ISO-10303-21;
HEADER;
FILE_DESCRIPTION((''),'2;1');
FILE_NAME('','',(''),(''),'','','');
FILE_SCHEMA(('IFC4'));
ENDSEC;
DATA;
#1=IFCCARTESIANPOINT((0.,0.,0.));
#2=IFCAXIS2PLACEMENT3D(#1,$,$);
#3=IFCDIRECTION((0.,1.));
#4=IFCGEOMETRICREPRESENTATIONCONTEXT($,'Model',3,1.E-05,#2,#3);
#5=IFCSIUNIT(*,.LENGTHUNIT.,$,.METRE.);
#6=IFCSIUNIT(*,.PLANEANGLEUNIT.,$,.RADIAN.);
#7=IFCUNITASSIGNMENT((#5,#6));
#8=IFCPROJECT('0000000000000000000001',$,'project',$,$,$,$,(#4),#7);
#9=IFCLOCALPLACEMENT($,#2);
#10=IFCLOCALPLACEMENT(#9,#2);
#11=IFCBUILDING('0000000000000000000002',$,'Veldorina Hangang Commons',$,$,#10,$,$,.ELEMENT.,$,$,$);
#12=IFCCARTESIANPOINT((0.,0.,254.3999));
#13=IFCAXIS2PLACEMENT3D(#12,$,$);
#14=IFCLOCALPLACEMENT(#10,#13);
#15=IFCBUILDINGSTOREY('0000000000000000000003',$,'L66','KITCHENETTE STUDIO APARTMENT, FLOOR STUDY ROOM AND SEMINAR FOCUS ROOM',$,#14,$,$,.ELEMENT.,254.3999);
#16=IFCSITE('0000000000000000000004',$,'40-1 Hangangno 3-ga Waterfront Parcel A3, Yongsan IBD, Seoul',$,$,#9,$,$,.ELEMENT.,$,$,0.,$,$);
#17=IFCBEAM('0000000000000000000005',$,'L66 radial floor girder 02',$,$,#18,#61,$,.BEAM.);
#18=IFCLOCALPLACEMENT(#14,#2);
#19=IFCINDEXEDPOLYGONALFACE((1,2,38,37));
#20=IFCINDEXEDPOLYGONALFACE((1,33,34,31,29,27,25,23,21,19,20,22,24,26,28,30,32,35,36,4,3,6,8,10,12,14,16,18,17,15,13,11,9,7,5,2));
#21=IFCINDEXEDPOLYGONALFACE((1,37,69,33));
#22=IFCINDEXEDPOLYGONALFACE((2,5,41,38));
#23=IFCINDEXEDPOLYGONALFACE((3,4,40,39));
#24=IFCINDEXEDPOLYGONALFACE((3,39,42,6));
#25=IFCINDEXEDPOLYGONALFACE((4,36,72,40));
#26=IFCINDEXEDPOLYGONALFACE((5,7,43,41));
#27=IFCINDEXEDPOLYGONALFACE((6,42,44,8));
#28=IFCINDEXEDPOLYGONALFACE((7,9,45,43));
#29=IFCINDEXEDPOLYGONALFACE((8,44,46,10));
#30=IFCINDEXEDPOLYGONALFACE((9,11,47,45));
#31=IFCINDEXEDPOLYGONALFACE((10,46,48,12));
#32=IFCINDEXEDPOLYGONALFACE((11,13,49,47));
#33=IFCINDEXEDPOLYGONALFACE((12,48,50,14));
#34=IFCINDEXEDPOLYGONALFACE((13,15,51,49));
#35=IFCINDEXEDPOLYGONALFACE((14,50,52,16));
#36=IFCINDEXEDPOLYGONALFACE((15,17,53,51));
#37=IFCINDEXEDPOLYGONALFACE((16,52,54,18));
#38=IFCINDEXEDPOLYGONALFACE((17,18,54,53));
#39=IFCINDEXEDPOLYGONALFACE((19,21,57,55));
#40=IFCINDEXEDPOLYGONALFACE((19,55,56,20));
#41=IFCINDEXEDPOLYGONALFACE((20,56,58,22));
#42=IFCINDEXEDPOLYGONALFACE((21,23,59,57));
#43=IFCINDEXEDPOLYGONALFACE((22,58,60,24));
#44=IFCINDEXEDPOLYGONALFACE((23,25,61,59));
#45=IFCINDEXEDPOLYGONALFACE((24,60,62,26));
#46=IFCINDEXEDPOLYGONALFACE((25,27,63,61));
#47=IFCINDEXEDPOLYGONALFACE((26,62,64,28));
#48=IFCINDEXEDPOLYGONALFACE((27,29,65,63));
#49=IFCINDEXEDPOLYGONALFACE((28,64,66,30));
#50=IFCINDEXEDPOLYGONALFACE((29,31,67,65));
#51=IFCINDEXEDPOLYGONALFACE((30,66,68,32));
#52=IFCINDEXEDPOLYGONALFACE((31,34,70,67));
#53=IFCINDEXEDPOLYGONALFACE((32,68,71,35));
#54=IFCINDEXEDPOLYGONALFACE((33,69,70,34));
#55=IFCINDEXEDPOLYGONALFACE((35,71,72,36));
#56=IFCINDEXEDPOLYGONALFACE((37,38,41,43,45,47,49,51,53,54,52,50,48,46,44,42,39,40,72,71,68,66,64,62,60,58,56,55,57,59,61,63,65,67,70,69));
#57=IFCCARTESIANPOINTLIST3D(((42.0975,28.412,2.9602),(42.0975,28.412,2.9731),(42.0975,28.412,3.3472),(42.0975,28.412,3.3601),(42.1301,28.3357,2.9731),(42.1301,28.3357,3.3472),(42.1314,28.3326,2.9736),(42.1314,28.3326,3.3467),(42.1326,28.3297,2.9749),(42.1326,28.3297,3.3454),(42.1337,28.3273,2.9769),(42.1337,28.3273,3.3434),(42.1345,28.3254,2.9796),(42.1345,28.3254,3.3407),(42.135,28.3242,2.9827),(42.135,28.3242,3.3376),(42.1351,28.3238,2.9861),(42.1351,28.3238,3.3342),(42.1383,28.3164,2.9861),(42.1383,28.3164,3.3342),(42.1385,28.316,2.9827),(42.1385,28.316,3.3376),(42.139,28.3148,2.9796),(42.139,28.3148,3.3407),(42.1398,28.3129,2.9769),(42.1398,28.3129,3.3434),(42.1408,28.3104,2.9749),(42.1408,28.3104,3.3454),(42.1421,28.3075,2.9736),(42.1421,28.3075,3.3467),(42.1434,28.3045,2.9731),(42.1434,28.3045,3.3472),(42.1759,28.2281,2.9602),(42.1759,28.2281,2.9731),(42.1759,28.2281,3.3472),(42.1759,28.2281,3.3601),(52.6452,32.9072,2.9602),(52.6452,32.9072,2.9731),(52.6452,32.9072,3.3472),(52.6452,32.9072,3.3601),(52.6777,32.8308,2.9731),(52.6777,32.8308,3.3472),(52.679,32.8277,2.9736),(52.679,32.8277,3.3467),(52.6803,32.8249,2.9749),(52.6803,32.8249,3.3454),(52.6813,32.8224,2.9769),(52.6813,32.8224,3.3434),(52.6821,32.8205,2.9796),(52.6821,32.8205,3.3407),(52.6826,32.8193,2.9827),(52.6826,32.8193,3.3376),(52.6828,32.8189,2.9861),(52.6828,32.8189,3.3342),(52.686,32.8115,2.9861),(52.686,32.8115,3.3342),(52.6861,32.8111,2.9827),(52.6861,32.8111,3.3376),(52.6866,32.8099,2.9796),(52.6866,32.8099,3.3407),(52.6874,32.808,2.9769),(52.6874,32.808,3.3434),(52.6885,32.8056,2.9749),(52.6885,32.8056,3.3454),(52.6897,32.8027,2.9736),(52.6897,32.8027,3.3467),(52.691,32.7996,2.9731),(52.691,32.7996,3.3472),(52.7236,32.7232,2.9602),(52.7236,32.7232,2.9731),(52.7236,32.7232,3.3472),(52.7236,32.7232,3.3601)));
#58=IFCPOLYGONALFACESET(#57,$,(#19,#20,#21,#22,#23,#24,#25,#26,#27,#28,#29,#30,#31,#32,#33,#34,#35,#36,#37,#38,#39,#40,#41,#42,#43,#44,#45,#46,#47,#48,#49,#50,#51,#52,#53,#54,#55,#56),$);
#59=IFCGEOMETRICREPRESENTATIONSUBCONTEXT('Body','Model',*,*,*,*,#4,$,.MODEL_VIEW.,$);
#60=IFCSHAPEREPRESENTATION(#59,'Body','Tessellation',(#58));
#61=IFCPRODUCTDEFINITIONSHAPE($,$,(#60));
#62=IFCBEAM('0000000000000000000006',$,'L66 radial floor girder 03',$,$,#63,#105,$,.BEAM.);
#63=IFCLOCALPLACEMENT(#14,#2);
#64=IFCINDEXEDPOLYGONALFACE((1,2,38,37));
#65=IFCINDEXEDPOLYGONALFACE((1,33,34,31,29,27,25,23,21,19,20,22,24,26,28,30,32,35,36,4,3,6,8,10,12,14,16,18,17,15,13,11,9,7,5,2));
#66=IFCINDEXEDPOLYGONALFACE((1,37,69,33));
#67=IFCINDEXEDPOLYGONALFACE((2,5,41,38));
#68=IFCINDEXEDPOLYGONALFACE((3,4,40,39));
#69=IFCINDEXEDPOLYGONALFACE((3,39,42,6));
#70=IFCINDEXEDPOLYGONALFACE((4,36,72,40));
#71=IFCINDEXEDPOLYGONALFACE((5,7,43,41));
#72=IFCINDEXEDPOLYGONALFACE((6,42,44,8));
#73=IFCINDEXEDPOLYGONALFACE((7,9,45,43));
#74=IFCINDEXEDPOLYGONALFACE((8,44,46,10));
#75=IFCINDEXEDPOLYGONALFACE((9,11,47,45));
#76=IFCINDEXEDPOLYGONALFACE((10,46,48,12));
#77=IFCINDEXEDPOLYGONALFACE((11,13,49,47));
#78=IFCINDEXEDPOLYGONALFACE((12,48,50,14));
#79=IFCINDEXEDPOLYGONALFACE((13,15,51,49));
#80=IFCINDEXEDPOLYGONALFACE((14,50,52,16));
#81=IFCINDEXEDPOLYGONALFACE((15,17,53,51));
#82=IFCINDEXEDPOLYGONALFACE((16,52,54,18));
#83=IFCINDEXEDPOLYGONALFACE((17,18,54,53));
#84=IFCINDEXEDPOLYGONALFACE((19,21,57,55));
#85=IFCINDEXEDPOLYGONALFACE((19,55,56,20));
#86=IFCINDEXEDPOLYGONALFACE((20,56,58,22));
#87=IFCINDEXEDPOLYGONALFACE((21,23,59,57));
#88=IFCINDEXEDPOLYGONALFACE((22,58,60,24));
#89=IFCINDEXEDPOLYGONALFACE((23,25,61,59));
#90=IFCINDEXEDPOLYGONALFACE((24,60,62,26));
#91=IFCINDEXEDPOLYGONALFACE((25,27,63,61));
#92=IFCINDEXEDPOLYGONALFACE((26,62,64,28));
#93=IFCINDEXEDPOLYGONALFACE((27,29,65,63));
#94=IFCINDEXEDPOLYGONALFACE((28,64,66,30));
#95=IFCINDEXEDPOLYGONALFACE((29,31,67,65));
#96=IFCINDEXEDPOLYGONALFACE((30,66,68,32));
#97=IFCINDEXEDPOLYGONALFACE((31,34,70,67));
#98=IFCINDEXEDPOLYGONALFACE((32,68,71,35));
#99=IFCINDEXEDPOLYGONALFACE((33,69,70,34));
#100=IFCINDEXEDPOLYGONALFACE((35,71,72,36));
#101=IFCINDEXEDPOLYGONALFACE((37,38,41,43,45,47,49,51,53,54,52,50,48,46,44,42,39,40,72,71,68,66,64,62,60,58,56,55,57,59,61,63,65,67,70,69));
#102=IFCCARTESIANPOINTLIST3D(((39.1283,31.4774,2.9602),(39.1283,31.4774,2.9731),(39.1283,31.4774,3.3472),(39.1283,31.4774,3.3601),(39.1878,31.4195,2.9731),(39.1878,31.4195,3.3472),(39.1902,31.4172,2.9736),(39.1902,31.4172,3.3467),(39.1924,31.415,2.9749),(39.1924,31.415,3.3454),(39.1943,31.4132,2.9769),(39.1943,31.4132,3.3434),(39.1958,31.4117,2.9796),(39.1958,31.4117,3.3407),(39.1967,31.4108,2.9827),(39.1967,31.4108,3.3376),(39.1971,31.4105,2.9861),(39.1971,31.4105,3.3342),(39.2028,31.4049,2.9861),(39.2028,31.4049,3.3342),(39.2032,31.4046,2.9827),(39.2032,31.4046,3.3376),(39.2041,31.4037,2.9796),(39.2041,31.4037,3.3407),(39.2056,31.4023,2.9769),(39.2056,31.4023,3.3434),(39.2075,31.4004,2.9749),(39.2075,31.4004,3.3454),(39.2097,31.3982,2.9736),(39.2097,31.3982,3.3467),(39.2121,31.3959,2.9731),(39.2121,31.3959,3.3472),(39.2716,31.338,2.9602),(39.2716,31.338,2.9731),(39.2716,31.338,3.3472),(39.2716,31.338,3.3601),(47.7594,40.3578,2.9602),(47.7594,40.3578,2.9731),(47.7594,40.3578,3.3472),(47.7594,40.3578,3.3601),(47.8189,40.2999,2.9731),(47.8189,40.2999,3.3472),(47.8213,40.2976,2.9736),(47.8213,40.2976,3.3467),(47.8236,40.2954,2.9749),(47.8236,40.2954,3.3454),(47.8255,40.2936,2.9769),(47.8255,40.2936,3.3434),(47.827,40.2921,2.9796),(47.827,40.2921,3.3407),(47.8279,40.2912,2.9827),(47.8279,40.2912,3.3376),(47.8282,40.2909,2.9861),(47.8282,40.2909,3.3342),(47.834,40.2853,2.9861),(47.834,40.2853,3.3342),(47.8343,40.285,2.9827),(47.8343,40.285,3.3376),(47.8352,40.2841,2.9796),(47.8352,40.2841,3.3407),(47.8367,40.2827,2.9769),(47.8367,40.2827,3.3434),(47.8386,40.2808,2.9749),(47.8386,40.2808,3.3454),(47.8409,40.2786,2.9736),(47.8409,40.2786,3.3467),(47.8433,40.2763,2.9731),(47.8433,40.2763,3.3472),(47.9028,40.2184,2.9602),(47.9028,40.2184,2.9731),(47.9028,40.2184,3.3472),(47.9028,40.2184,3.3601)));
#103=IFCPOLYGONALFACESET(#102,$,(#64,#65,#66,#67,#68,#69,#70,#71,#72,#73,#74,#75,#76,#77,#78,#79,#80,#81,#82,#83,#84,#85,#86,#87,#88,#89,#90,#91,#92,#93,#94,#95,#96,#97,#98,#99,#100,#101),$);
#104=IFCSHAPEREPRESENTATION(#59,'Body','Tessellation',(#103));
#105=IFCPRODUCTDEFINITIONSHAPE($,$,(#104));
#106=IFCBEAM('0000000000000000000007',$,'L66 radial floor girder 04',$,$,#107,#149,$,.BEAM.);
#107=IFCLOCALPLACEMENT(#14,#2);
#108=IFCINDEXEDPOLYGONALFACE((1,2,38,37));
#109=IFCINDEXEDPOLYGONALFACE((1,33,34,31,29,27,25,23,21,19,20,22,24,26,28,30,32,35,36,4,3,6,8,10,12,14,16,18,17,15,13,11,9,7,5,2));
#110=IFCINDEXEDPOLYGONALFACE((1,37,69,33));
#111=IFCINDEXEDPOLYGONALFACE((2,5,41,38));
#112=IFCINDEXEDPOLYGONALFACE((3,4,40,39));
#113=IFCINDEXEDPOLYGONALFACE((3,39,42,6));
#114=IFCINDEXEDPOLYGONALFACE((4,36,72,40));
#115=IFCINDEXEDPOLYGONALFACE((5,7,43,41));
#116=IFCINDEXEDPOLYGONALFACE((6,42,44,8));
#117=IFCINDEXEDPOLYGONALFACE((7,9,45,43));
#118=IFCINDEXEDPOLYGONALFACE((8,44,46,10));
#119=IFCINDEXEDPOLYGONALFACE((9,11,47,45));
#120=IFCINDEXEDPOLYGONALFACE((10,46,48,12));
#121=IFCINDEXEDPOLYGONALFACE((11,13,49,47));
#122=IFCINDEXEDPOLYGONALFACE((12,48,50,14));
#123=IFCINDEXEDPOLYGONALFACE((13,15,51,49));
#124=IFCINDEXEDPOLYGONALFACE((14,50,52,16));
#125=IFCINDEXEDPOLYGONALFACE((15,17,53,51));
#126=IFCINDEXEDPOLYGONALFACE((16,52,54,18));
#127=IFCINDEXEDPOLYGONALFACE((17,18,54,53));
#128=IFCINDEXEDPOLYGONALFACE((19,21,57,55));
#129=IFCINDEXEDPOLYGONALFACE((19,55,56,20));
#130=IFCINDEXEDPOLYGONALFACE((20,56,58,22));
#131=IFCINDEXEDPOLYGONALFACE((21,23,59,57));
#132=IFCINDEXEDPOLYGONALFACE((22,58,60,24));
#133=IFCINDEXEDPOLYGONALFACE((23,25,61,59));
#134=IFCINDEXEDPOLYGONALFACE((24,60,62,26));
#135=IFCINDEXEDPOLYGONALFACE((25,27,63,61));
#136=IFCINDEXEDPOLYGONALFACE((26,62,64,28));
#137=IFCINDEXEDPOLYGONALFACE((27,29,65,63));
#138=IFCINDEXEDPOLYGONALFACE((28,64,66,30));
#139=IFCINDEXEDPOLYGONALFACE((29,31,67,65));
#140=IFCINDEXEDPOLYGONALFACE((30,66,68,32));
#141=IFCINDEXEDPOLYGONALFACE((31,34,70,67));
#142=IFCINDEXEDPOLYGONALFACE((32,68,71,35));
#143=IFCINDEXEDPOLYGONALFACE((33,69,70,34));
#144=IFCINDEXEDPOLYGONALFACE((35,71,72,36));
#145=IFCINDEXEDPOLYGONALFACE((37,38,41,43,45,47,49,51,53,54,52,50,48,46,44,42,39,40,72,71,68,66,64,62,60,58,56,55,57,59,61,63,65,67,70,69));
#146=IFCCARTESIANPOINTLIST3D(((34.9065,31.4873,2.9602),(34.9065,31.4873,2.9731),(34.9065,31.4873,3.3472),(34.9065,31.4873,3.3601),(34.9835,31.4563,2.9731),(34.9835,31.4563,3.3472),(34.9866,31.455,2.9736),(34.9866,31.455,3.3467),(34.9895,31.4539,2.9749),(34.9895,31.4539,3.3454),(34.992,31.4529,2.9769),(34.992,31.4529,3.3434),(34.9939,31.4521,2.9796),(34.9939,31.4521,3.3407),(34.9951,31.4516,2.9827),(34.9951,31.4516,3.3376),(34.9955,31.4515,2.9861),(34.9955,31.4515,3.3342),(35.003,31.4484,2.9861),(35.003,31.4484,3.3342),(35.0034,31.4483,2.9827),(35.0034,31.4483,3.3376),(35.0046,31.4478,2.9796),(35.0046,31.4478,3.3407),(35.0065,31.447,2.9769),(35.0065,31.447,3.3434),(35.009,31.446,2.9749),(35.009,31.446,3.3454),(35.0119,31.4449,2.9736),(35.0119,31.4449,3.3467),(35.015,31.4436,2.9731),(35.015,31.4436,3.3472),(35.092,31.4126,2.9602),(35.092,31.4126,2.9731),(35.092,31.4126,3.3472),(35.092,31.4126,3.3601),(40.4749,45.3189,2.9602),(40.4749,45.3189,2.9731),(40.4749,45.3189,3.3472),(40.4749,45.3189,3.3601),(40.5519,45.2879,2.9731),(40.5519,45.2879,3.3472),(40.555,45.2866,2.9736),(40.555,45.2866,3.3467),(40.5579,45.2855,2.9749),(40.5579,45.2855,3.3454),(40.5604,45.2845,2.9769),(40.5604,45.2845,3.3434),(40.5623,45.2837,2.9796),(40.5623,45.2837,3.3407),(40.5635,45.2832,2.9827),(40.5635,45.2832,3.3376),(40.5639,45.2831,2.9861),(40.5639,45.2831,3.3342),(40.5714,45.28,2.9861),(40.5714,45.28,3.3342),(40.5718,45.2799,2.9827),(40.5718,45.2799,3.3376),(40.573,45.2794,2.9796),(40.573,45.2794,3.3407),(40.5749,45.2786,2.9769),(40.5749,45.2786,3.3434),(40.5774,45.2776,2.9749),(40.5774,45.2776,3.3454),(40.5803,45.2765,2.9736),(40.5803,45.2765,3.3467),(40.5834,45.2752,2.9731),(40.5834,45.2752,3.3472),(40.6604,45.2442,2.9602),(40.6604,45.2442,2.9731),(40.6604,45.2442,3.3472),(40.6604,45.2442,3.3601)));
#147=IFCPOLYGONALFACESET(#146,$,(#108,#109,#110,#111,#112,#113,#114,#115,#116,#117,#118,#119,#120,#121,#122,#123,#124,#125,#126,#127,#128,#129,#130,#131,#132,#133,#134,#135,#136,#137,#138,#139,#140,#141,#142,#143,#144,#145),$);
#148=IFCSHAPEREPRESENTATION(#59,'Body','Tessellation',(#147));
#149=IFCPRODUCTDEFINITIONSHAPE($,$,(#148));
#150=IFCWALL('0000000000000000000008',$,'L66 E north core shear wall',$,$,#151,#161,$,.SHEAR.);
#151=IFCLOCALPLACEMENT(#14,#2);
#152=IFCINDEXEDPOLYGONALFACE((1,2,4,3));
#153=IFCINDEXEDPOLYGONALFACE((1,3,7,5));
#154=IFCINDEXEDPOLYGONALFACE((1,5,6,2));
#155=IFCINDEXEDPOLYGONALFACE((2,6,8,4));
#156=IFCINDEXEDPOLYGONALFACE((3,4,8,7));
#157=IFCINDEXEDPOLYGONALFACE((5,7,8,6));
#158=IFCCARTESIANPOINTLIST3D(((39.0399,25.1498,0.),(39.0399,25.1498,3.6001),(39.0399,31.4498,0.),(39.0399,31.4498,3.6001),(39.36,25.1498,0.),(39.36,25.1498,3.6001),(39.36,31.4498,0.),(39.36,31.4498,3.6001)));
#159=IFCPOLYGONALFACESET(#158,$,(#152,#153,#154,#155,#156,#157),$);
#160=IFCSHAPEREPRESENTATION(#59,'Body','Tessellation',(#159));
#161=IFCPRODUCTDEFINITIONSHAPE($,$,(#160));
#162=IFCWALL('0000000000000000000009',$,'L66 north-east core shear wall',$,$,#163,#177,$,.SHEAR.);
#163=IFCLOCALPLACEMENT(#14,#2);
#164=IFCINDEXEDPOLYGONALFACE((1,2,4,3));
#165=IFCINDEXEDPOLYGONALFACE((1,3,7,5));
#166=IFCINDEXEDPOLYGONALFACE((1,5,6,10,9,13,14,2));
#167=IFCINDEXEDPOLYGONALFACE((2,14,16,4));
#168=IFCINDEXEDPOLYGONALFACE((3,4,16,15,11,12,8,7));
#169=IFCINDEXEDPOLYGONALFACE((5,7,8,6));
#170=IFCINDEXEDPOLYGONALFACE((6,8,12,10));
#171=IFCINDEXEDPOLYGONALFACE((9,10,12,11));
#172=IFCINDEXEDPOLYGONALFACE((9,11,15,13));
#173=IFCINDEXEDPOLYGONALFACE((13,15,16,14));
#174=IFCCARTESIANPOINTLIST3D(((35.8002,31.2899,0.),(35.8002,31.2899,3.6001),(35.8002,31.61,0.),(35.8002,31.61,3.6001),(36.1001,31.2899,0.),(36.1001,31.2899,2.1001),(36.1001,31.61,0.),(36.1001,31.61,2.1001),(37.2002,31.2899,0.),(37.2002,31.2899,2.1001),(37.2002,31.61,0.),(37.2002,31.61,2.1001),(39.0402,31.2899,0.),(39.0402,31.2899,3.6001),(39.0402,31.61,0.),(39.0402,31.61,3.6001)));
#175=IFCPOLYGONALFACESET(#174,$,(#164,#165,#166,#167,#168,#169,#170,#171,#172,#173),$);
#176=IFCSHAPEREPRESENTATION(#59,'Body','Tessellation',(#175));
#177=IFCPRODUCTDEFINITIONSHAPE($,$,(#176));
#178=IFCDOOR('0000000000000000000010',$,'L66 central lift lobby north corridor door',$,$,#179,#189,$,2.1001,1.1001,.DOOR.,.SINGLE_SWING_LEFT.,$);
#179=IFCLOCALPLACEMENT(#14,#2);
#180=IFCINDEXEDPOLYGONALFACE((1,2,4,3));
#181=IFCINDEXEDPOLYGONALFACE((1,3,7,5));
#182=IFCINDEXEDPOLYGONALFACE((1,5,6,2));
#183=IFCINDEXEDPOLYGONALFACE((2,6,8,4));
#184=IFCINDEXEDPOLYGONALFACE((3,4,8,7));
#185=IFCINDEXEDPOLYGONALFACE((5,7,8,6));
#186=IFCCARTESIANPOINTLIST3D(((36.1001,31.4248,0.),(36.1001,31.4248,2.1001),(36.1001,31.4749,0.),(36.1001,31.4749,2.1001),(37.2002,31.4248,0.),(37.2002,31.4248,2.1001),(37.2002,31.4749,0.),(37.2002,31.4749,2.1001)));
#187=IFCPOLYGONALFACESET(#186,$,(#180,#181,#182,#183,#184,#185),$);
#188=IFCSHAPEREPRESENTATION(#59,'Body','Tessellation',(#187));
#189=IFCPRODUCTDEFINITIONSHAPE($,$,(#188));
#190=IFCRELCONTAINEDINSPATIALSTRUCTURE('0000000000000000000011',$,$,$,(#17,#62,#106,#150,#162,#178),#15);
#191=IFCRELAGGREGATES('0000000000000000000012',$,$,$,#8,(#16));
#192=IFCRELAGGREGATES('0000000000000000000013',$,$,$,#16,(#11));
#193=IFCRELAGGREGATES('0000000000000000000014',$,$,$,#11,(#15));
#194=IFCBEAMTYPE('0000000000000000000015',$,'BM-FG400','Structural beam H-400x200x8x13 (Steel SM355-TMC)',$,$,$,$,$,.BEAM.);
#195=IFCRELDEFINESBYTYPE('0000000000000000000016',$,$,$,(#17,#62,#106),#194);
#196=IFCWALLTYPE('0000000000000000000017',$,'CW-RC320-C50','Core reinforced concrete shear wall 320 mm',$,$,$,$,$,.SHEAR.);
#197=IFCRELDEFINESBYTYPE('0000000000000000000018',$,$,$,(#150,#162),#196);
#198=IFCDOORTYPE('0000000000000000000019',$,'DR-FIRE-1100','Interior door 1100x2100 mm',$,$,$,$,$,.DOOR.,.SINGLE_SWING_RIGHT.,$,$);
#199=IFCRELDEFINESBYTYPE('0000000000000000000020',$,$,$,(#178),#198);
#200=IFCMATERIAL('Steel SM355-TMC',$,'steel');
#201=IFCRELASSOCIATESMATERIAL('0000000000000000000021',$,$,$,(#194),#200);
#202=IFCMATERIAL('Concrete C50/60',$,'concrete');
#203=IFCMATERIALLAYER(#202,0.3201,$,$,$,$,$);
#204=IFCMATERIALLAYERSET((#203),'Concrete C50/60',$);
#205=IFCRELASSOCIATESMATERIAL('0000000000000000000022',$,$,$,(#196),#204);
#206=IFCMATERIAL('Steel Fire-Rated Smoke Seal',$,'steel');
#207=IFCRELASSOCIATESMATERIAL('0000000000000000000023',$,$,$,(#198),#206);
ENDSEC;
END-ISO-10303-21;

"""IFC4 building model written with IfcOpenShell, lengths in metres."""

from ifc_helpers import new_model, si_unit, direction, frame, frame_2d, origin, origin_2d, place, context, subcontext, project, spatial, rectangle, i_section, extrude, material, layer, layer_set, material_profile, profile_set, type_object, element, fill, save


model = new_model("IFC4")

# Units and contexts
model_context = context("Model", 3, precision=1e-05, world=origin(), true_north=direction((0.0, 1.0)))
body_context = subcontext(model_context, "Body", "Model", "MODEL_VIEW")
ifc_project = project(units=[si_unit("LENGTHUNIT", "METRE"), si_unit("PLANEANGLEUNIT", "RADIAN")], contexts=[model_context])

# Site, building, storey
site_placement = place(None, origin())
site = spatial("IfcSite", under=ifc_project, at=site_placement, Name="40-1 Hangangno 3-ga Waterfront Parcel A3, Yongsan IBD, Seoul", CompositionType="ELEMENT", RefElevation=0.0)
building_placement = place(site_placement, origin())
building = spatial("IfcBuilding", under=site, at=building_placement, Name="Veldorina Hangang Commons", CompositionType="ELEMENT")
storey_placement = place(building_placement, frame((0.0, 0.0, 254.3999)))
storey = spatial("IfcBuildingStorey", under=building, at=storey_placement, Name="L66", Description="KITCHENETTE STUDIO APARTMENT, FLOOR STUDY ROOM AND SEMINAR FOCUS ROOM", CompositionType="ELEMENT", Elevation=254.3999)

# Beams
ifc_material_1 = material(Name="Steel SM355-TMC", Category="steel")
ifc_material_profile = material_profile(ifc_material_1, i_section(OverallWidth=0.2, OverallDepth=0.3999, WebThickness=0.0081, FlangeThickness=0.0129, FilletRadius=0.0129, at=origin_2d()), Name="H-400x200x8x13")
ifc_profile_set = profile_set([ifc_material_profile], Name="Steel SM355-TMC")
beam_type = type_object("IfcBeamType", Name="BM-FG400", Description="Structural beam H-400x200x8x13 (Steel SM355-TMC)", PredefinedType="BEAM", material=ifc_profile_set)
beam_1_placement = place(storey_placement, frame((42.1367, 28.3201, 3.1602), z_axis=(0.919942, 0.392055, 0.0), x_axis=(-0.392055, 0.919942, 0.0)))
element("IfcBeam", 1, at=beam_1_placement, inside=storey, type_object=beam_type, Name="L66 radial floor girder 02", PredefinedType="BEAM", context=body_context, shape_type="SweptSolid", body=[
    extrude(i_section(OverallWidth=0.2, OverallDepth=0.3999, WebThickness=0.0081, FlangeThickness=0.0129, FilletRadius=0.0129, at=origin_2d()), origin(), (0.0, 0.0, 1.0), 11.4656),
])
beam_2_placement = place(storey_placement, frame((39.2, 31.4077, 3.1602), z_axis=(0.696971, 0.717099, 0.0), x_axis=(-0.717099, 0.696971, 0.0)))
element("IfcBeam", 2, at=beam_2_placement, inside=storey, type_object=beam_type, Name="L66 radial floor girder 03", PredefinedType="BEAM", context=body_context, shape_type="SweptSolid", body=[
    extrude(i_section(OverallWidth=0.2, OverallDepth=0.3999, WebThickness=0.0081, FlangeThickness=0.0129, FilletRadius=0.0129, at=origin_2d()), origin(), (0.0, 0.0, 1.0), 12.3838),
])
beam_3_placement = place(storey_placement, frame((34.9993, 31.45, 3.1602), z_axis=(0.373456, 0.927648, 0.0), x_axis=(-0.927648, 0.373456, 0.0)))
element("IfcBeam", 3, at=beam_3_placement, inside=storey, type_object=beam_type, Name="L66 radial floor girder 04", PredefinedType="BEAM", context=body_context, shape_type="SweptSolid", body=[
    extrude(i_section(OverallWidth=0.2, OverallDepth=0.3999, WebThickness=0.0081, FlangeThickness=0.0129, FilletRadius=0.0129, at=origin_2d()), origin(), (0.0, 0.0, 1.0), 14.9104),
])

# Wall
ifc_material_2 = material(Name="Concrete C50/60", Category="concrete")
ifc_layer_1 = layer(ifc_material_2, 0.3201)
ifc_layer_set_1 = layer_set([ifc_layer_1], Name="Concrete C50/60")
wall_type_1 = type_object("IfcWallType", Name="CW-RC320-C50", Description="Core reinforced concrete shear wall 320 mm", PredefinedType="SHEAR", material=ifc_layer_set_1)
wall_1_placement = place(storey_placement, frame((39.2, 25.1499, 0.0), z_axis=(0.0, 0.0, 1.0), x_axis=(0.0, 1.0, 0.0)))
element("IfcWall", 4, at=wall_1_placement, inside=storey, type_object=wall_type_1, Name="L66 E north core shear wall", PredefinedType="SHEAR", context=body_context, shape_type="SweptSolid", body=[
    extrude(rectangle(XDim=6.3, YDim=0.3201, at=frame_2d((3.1499, 0.0))), origin(), (0.0, 0.0, 1.0), 3.6001),
])

# Wall, opening, door
wall_2_placement = place(storey_placement, frame((35.8, 31.45, 0.0), z_axis=(0.0, 0.0, 1.0), x_axis=(1.0, 0.0, 0.0)))
wall_2 = element("IfcWall", 5, at=wall_2_placement, inside=storey, type_object=wall_type_1, Name="L66 north-east core shear wall", PredefinedType="SHEAR", context=body_context, shape_type="SweptSolid", body=[
    extrude(rectangle(XDim=3.24, YDim=0.3201, at=frame_2d((1.6201, 0.0))), origin(), (0.0, 0.0, 1.0), 3.6001),
])
opening_1_placement = place(wall_2_placement, frame((0.3, 0.0, 0.0)))
opening_1 = element("IfcOpeningElement", 6, at=opening_1_placement, cuts=wall_2, PredefinedType="OPENING", context=body_context, shape_type="SweptSolid", body=[
    extrude(rectangle(XDim=1.1001, YDim=2.1001, at=frame_2d((0.55, 1.05))), frame((0.0, 0.1699, 0.0), z_axis=(0.0, -1.0, 0.0), x_axis=(1.0, 0.0, 0.0)), (0.0, 0.0, 1.0), 0.3401),
])
ifc_material_3 = material(Name="Steel Fire-Rated Smoke Seal", Category="steel")
door_type_1 = type_object("IfcDoorType", Name="DR-FIRE-1100", Description="Interior door 1100x2100 mm", OperationType="SINGLE_SWING_RIGHT", PredefinedType="DOOR", material=ifc_material_3)
door_1_placement = place(opening_1_placement, origin())
door_1 = element("IfcDoor", 7, at=door_1_placement, inside=storey, type_object=door_type_1, Name="L66 central lift lobby north corridor door", OperationType="SINGLE_SWING_LEFT", OverallHeight=2.1001, OverallWidth=1.1001, PredefinedType="DOOR", context=body_context, shape_type="SweptSolid", body=[
    extrude(rectangle(XDim=1.1001, YDim=2.1001, at=frame_2d((0.55, 1.05))), frame((0.0, 0.0249, 0.0), z_axis=(0.0, -1.0, 0.0), x_axis=(1.0, 0.0, 0.0)), (0.0, 0.0, 1.0), 0.05),
])
fill(opening_1, door_1)

save(model, "model.ifc")
